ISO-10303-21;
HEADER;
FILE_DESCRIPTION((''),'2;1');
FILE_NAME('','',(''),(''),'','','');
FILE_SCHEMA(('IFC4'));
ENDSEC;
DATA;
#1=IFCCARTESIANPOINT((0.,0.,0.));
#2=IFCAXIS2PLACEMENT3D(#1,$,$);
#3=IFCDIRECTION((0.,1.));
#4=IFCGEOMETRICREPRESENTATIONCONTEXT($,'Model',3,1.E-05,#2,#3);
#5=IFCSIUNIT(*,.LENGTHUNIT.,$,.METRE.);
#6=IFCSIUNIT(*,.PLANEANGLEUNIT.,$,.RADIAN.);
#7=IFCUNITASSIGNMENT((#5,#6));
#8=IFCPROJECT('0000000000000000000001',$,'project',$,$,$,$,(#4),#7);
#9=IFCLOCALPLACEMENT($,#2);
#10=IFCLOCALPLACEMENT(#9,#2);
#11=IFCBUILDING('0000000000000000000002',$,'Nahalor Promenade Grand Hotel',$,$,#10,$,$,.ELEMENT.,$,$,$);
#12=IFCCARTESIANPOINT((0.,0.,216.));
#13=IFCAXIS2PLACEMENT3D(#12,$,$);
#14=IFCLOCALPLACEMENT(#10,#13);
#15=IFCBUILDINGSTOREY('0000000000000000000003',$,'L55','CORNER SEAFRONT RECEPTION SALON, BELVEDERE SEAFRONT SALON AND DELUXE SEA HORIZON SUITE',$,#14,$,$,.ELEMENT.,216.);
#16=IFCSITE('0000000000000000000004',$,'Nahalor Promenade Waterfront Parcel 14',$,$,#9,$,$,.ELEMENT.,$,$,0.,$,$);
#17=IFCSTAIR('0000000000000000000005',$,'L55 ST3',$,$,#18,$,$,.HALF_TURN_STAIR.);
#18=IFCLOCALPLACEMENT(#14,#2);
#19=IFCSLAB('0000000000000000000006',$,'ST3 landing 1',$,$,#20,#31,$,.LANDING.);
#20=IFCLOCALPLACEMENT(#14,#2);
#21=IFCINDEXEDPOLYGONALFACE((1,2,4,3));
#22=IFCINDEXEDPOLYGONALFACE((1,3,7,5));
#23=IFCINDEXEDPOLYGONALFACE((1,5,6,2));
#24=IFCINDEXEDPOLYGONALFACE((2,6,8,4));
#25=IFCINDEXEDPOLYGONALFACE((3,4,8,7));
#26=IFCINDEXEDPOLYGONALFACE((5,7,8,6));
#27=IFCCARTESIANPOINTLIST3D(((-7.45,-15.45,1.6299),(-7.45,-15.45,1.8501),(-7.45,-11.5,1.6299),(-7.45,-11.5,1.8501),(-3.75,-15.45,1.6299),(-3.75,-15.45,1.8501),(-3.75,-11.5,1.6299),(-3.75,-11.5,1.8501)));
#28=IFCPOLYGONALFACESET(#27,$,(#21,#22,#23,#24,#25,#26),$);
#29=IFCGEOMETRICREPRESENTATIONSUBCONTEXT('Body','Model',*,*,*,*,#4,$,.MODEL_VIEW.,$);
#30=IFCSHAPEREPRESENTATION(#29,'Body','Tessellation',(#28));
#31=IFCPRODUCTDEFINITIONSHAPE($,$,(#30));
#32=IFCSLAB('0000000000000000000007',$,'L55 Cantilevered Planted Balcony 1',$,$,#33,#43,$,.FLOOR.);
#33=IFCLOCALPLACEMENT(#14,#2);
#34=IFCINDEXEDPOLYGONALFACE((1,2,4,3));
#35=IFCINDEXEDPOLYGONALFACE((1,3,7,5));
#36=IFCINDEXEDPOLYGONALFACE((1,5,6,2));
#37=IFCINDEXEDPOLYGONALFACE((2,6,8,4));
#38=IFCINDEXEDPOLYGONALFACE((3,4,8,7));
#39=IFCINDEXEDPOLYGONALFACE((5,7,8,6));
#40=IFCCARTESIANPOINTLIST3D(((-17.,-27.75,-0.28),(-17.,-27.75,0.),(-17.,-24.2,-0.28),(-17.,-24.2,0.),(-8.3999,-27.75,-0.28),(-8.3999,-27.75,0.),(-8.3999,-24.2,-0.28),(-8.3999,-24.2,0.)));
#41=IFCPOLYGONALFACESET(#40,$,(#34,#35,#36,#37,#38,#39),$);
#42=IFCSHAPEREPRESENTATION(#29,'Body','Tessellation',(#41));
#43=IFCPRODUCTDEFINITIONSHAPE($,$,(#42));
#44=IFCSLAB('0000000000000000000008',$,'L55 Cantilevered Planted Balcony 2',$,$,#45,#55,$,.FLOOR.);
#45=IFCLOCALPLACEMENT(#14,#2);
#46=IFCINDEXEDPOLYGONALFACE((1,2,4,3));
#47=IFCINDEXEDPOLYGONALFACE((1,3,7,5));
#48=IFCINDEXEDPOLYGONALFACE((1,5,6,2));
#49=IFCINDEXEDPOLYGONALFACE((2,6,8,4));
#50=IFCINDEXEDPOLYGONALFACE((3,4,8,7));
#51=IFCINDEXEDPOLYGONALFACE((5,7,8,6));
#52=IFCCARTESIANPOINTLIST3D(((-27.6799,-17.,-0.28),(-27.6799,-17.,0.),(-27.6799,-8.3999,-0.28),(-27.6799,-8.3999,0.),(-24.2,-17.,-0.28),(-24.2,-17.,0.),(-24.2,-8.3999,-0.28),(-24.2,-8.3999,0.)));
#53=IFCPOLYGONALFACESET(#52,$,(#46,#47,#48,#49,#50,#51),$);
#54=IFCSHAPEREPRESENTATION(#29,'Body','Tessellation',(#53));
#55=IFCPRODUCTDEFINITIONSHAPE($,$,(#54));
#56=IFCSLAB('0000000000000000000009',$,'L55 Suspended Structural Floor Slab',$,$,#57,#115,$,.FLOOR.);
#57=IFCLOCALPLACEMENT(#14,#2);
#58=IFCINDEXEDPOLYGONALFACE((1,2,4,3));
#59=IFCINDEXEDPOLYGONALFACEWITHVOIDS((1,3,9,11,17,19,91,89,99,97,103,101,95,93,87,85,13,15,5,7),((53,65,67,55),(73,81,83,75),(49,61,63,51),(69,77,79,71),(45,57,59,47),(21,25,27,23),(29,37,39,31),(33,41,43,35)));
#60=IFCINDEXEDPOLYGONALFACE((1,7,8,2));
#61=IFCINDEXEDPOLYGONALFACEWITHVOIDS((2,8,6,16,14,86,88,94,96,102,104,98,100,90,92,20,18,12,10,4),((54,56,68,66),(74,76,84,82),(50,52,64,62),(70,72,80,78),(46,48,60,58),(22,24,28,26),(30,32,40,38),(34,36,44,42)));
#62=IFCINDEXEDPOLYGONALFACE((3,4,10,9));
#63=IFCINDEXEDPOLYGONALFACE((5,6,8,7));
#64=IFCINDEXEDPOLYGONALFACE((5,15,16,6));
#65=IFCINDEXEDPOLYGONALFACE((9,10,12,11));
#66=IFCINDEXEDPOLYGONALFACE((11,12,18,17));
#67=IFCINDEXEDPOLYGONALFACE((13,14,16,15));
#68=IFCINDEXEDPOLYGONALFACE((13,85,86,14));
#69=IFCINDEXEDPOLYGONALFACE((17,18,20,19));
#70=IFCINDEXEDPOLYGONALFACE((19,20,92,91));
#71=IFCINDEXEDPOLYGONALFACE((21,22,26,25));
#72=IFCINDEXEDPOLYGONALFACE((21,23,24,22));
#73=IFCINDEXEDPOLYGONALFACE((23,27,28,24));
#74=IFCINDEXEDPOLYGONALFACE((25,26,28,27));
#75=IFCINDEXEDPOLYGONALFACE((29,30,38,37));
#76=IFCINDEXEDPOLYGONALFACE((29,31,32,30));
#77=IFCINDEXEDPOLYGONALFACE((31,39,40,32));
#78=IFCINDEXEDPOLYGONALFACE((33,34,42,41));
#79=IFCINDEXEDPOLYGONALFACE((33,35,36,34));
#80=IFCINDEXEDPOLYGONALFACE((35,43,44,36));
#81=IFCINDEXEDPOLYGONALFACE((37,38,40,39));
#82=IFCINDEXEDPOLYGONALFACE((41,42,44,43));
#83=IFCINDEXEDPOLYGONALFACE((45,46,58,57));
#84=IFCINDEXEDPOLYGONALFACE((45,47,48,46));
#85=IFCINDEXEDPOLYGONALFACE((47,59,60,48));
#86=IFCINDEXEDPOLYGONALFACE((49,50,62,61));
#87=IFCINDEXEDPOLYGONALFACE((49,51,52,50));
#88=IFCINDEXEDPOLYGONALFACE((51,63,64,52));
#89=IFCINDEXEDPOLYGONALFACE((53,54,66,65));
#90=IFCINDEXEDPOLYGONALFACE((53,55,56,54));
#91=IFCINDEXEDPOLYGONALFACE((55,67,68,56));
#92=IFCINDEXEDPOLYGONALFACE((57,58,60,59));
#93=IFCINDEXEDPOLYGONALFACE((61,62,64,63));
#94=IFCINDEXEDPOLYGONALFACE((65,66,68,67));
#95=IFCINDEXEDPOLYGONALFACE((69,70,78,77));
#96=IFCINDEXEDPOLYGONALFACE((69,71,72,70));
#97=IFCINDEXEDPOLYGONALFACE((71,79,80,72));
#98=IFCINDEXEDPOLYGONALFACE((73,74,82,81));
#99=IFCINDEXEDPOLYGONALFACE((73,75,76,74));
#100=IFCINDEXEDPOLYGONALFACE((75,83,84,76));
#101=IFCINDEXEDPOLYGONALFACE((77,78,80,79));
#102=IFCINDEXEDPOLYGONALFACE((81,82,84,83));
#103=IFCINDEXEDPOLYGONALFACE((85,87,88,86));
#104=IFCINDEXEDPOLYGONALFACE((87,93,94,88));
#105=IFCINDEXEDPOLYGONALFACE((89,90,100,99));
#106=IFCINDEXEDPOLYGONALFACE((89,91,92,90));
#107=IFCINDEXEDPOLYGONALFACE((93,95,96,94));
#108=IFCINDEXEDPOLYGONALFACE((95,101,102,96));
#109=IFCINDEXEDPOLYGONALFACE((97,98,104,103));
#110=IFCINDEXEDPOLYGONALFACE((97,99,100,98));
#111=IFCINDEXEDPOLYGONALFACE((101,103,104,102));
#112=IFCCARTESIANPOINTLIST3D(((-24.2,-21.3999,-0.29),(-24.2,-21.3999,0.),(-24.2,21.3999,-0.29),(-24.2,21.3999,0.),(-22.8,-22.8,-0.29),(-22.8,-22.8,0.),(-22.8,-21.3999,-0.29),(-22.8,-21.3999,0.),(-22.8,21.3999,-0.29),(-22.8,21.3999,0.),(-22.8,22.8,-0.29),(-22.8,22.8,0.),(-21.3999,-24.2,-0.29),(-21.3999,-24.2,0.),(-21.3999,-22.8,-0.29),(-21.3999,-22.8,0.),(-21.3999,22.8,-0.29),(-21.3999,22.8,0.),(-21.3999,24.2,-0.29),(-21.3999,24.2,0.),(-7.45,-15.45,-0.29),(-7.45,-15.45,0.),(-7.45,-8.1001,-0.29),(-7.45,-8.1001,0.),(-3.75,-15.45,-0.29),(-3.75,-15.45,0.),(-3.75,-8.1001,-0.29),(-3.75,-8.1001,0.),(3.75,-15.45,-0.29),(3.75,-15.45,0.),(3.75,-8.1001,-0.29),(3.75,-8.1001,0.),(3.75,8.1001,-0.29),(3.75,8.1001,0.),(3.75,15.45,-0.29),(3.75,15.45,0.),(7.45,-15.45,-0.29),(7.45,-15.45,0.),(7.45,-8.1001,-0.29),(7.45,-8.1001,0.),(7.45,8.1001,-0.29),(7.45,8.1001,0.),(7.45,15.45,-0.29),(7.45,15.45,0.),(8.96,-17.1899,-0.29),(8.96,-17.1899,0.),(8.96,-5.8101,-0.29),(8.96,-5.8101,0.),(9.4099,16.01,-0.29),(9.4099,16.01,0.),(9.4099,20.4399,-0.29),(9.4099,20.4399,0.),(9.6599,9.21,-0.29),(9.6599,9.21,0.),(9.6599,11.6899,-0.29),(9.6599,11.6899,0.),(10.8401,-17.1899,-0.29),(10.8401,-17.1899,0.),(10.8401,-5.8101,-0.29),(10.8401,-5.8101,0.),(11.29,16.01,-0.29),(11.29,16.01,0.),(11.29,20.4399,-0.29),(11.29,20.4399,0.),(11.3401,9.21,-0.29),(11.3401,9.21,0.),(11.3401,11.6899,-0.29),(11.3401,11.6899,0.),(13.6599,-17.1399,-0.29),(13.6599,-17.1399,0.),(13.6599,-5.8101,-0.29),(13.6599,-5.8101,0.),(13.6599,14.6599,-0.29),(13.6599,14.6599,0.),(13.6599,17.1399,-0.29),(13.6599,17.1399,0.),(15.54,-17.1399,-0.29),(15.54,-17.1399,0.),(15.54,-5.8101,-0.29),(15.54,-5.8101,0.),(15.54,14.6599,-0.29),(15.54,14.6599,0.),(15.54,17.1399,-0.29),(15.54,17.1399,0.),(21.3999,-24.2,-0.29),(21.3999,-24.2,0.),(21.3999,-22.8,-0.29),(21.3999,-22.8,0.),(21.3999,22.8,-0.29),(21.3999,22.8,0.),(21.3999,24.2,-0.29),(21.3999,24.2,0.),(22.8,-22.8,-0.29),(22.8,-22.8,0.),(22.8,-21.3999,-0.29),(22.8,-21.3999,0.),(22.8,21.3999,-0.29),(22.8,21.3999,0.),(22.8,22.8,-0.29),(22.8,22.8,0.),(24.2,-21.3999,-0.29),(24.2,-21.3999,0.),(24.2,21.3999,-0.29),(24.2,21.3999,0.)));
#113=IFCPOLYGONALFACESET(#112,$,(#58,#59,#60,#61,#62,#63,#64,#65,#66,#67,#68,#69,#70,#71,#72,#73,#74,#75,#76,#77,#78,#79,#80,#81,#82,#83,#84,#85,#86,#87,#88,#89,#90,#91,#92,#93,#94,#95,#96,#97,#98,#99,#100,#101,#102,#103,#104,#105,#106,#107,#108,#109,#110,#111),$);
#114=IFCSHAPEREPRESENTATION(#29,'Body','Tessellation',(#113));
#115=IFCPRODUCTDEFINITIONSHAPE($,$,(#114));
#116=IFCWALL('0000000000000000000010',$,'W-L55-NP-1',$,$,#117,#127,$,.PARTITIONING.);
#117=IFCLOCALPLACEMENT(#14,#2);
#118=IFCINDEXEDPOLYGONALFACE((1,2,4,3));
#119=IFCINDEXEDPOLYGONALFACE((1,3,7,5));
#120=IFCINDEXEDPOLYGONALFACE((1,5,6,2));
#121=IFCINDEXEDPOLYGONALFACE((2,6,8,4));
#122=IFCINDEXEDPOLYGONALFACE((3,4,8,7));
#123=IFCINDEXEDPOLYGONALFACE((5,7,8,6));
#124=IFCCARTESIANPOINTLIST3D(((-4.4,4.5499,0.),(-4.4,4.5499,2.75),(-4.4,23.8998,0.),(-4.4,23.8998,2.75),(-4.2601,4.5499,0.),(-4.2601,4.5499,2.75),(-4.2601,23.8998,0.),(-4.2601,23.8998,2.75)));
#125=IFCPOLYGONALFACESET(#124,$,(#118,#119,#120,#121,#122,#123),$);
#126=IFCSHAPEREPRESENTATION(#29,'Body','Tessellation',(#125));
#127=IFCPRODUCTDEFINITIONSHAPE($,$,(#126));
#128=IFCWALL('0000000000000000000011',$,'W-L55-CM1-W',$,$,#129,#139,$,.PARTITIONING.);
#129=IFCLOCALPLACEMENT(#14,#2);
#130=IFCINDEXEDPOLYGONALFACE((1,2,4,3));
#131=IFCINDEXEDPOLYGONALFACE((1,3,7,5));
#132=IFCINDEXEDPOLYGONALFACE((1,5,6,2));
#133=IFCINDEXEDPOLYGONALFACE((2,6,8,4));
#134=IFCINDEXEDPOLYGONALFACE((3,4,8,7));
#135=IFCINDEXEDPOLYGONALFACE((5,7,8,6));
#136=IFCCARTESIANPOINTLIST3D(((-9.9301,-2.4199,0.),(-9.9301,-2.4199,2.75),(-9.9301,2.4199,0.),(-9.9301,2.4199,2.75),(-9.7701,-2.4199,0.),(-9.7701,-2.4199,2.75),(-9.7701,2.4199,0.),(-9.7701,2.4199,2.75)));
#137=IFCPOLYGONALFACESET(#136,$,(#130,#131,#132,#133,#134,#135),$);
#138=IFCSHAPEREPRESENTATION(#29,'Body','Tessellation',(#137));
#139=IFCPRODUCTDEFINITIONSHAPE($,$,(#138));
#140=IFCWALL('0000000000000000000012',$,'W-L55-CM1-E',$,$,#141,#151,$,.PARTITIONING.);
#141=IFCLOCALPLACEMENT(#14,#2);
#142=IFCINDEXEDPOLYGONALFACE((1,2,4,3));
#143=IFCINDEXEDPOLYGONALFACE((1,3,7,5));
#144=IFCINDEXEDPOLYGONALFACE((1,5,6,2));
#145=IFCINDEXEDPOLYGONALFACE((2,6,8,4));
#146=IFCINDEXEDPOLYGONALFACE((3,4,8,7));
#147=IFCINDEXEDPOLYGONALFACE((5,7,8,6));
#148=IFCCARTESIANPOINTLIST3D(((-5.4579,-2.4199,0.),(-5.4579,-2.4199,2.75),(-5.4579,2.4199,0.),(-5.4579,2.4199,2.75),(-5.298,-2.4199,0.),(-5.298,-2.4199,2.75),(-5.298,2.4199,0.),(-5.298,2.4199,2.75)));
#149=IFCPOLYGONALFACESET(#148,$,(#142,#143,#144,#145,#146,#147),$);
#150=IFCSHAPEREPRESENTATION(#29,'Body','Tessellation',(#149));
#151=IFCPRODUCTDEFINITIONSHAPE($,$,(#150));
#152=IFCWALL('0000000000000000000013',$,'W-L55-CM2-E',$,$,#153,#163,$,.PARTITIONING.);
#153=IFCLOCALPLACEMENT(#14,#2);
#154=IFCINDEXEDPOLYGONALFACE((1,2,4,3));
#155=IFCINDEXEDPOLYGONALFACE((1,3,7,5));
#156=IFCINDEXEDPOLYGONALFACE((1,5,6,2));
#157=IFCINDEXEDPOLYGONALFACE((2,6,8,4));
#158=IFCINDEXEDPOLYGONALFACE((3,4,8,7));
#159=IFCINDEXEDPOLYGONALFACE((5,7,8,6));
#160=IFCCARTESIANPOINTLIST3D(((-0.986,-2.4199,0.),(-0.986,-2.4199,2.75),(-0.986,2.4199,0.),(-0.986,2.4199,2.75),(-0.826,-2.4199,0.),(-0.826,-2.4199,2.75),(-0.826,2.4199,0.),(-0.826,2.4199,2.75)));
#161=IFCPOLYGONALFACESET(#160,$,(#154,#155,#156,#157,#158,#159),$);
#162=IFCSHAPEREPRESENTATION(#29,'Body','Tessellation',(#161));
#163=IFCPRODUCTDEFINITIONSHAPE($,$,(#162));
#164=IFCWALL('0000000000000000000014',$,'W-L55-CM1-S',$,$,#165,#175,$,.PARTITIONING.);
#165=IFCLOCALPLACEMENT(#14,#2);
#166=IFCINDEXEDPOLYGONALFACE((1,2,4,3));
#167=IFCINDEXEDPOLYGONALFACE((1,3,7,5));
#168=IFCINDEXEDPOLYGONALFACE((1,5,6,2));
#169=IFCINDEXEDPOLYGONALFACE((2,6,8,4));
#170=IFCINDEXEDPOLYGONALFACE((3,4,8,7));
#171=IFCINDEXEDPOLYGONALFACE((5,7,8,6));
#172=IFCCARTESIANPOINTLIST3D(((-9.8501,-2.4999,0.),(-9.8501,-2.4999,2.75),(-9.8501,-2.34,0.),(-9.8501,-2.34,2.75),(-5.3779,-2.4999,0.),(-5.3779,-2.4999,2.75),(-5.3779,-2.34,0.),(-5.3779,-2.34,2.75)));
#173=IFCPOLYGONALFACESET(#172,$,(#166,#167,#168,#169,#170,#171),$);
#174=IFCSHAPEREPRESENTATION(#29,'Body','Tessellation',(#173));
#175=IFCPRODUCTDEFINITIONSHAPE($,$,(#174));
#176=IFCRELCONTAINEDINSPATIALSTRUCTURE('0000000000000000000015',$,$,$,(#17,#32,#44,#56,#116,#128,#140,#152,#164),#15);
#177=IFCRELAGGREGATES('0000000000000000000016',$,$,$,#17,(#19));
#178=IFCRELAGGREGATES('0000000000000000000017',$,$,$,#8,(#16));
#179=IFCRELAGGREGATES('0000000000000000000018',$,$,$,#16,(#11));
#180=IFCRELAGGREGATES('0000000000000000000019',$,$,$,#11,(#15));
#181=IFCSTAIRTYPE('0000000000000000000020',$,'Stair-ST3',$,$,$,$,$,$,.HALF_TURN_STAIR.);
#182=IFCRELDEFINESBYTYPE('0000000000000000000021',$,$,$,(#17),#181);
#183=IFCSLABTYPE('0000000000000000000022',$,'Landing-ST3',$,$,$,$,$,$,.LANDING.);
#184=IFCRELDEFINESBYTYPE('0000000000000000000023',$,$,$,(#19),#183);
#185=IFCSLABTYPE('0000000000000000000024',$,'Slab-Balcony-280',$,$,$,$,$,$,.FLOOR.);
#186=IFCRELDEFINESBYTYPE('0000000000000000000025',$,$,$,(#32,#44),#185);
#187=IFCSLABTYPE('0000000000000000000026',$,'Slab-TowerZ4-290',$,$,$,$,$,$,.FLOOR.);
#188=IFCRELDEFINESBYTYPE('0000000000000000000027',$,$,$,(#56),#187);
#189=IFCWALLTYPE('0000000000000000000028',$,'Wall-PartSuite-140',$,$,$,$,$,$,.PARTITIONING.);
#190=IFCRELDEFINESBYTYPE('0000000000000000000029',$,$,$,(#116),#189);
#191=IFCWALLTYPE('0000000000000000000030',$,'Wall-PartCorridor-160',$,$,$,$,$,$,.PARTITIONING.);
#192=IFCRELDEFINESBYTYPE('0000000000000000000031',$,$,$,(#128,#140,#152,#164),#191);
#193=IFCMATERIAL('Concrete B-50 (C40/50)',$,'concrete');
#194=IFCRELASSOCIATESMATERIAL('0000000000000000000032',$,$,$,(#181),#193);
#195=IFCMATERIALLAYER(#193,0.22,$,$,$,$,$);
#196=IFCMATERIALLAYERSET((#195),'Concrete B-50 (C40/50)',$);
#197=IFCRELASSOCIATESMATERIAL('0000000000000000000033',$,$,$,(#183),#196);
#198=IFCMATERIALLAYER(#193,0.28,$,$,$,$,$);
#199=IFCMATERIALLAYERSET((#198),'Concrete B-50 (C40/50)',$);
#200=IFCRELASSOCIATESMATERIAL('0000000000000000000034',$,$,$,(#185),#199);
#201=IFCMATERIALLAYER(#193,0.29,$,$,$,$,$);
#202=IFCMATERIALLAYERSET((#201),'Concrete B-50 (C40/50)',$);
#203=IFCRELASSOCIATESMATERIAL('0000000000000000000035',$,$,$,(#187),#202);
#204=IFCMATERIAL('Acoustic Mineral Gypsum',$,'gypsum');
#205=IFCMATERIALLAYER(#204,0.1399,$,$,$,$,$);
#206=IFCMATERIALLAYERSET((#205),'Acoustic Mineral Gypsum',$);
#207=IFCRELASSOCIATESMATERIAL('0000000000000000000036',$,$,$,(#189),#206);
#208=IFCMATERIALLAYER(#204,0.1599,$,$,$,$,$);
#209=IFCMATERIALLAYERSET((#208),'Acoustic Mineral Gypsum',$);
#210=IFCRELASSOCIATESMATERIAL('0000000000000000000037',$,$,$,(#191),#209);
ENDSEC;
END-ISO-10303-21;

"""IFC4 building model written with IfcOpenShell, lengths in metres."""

from ifc_helpers import new_model, si_unit, direction, frame, frame_2d, origin, place, context, subcontext, project, spatial, polyline, rectangle, outline, extrude, source, transform, mapped, material, layer, layer_set, type_object, element, aggregate, save


model = new_model("IFC4")

# Units and contexts
model_context = context("Model", 3, precision=1e-05, world=origin(), true_north=direction((0.0, 1.0)))
body_context = subcontext(model_context, "Body", "Model", "MODEL_VIEW")
ifc_project = project(units=[si_unit("LENGTHUNIT", "METRE"), si_unit("PLANEANGLEUNIT", "RADIAN")], contexts=[model_context])

# Site, building, storey
site_placement = place(None, origin())
site = spatial("IfcSite", under=ifc_project, at=site_placement, Name="Nahalor Promenade Waterfront Parcel 14", CompositionType="ELEMENT", RefElevation=0.0)
building_placement = place(site_placement, origin())
building = spatial("IfcBuilding", under=site, at=building_placement, Name="Nahalor Promenade Grand Hotel", CompositionType="ELEMENT")
storey_placement = place(building_placement, frame((0.0, 0.0, 216.0)))
storey = spatial("IfcBuildingStorey", under=building, at=storey_placement, Name="L55", Description="CORNER SEAFRONT RECEPTION SALON, BELVEDERE SEAFRONT SALON AND DELUXE SEA HORIZON SUITE", CompositionType="ELEMENT", Elevation=216.0)

# Stair, slab
ifc_material_1 = material(Name="Concrete B-50 (C40/50)", Category="concrete")
stair_type_1 = type_object("IfcStairType", Name="Stair-ST3", PredefinedType="HALF_TURN_STAIR", material=ifc_material_1)
stair_1_placement = place(storey_placement, origin())
stair_1 = element("IfcStair", 1, at=stair_1_placement, inside=storey, type_object=stair_type_1, Name="L55 ST3", PredefinedType="HALF_TURN_STAIR")
ifc_layer_1 = layer(ifc_material_1, 0.22)
ifc_layer_set_1 = layer_set([ifc_layer_1], Name="Concrete B-50 (C40/50)")
slab_type_1 = type_object("IfcSlabType", Name="Landing-ST3", PredefinedType="LANDING", material=ifc_layer_set_1)
slab_1_placement = place(storey_placement, frame((0.0, 0.0, 1.6299)))
slab_1 = element("IfcSlab", 2, at=slab_1_placement, type_object=slab_type_1, Name="ST3 landing 1", PredefinedType="LANDING", context=body_context, shape_type="SweptSolid", body=[
    extrude(outline(polyline([(-7.45, -11.5), (-7.45, -15.45), (-3.75, -15.45), (-3.75, -11.5), (-7.45, -11.5)])), origin(), (0.0, 0.0, 1.0), 0.2202),
])
aggregate(stair_1, [slab_1])

# Slabs
ifc_layer_2 = layer(ifc_material_1, 0.28)
ifc_layer_set_2 = layer_set([ifc_layer_2], Name="Concrete B-50 (C40/50)")
slab_type_2 = type_object("IfcSlabType", Name="Slab-Balcony-280", PredefinedType="FLOOR", material=ifc_layer_set_2)
slab_2_placement = place(storey_placement, frame((0.0, 0.0, -0.28)))
element("IfcSlab", 3, at=slab_2_placement, inside=storey, type_object=slab_type_2, Name="L55 Cantilevered Planted Balcony 1", PredefinedType="FLOOR", context=body_context, shape_type="SweptSolid", body=[
    extrude(outline(polyline([(-17.0, -27.75), (-8.3999, -27.75), (-8.3999, -24.2), (-17.0, -24.2), (-17.0, -27.75)])), origin(), (0.0, 0.0, 1.0), 0.28),
])
slab_3_placement = place(storey_placement, frame((0.0, 0.0, -0.28)))
element("IfcSlab", 4, at=slab_3_placement, inside=storey, type_object=slab_type_2, Name="L55 Cantilevered Planted Balcony 2", PredefinedType="FLOOR", context=body_context, shape_type="SweptSolid", body=[
    extrude(outline(polyline([(-27.6799, -17.0), (-24.2, -17.0), (-24.2, -8.3999), (-27.6799, -8.3999), (-27.6799, -17.0)])), origin(), (0.0, 0.0, 1.0), 0.28),
])
ifc_layer_3 = layer(ifc_material_1, 0.29)
ifc_layer_set_3 = layer_set([ifc_layer_3], Name="Concrete B-50 (C40/50)")
slab_type_3 = type_object("IfcSlabType", Name="Slab-TowerZ4-290", PredefinedType="FLOOR", material=ifc_layer_set_3)
slab_4_placement = place(storey_placement, frame((0.0, 0.0, -0.29)))
element("IfcSlab", 5, at=slab_4_placement, inside=storey, type_object=slab_type_3, Name="L55 Suspended Structural Floor Slab", PredefinedType="FLOOR", context=body_context, shape_type="SweptSolid", body=[
    extrude(outline(polyline([(-21.3999, -24.2), (21.3999, -24.2), (21.3999, -22.8), (22.8, -22.8), (22.8, -21.3999), (24.2, -21.3999), (24.2, 21.3999), (22.8, 21.3999), (22.8, 22.8), (21.3999, 22.8), (21.3999, 24.2), (-21.3999, 24.2), (-21.3999, 22.8), (-22.8, 22.8), (-22.8, 21.3999), (-24.2, 21.3999), (-24.2, -21.3999), (-22.8, -21.3999), (-22.8, -22.8), (-21.3999, -22.8), (-21.3999, -24.2)]), holes=[polyline([(3.75, 8.1001), (7.45, 8.1001), (7.45, 15.45), (3.75, 15.45), (3.75, 8.1001)]), polyline([(3.75, -15.45), (7.45, -15.45), (7.45, -8.1001), (3.75, -8.1001), (3.75, -15.45)]), polyline([(-7.45, -15.45), (-3.75, -15.45), (-3.75, -8.1001), (-7.45, -8.1001), (-7.45, -15.45)]), polyline([(13.6599, -17.1399), (15.54, -17.1399), (15.54, -5.8101), (13.6599, -5.8101), (13.6599, -17.1399)]), polyline([(8.96, -17.1899), (10.8401, -17.1899), (10.8401, -5.8101), (8.96, -5.8101), (8.96, -17.1899)]), polyline([(9.4099, 16.01), (11.29, 16.01), (11.29, 20.4399), (9.4099, 20.4399), (9.4099, 16.01)]), polyline([(9.6599, 9.21), (11.3401, 9.21), (11.3401, 11.6899), (9.6599, 11.6899), (9.6599, 9.21)]), polyline([(13.6599, 14.6599), (15.54, 14.6599), (15.54, 17.1399), (13.6599, 17.1399), (13.6599, 14.6599)])]), origin(), (0.0, 0.0, 1.0), 0.29),
])

# Walls
ifc_material_2 = material(Name="Acoustic Mineral Gypsum", Category="gypsum")
ifc_layer_4 = layer(ifc_material_2, 0.1399)
ifc_layer_set_4 = layer_set([ifc_layer_4], Name="Acoustic Mineral Gypsum")
wall_type_1 = type_object("IfcWallType", Name="Wall-PartSuite-140", PredefinedType="PARTITIONING", material=ifc_layer_set_4)
shared_shape_1 = source(origin(), body_context, "Body", "SweptSolid", [
    extrude(rectangle(XDim=19.3499, YDim=0.1399, at=frame_2d((9.6748, 0.0))), origin(), (0.0, 0.0, 1.0), 2.75),
])
wall_1_placement = place(storey_placement, frame((-4.3301, 4.55, 0.0), z_axis=(0.0, 0.0, 1.0), x_axis=(0.0, 1.0, 0.0)))
element("IfcWall", 6, at=wall_1_placement, inside=storey, type_object=wall_type_1, Name="W-L55-NP-1", PredefinedType="PARTITIONING", context=body_context, shape_type="MappedRepresentation", body=[
    mapped(shared_shape_1, transform((0.0, 0.0, 0.0), scale=1.0)),
])
ifc_layer_5 = layer(ifc_material_2, 0.1599)
ifc_layer_set_5 = layer_set([ifc_layer_5], Name="Acoustic Mineral Gypsum")
wall_type_2 = type_object("IfcWallType", Name="Wall-PartCorridor-160", PredefinedType="PARTITIONING", material=ifc_layer_set_5)
shared_shape_2 = source(origin(), body_context, "Body", "SweptSolid", [
    extrude(rectangle(XDim=4.8398, YDim=0.1599, at=frame_2d((2.4199, 0.0))), origin(), (0.0, 0.0, 1.0), 2.75),
])
for number, where, z_axis, x_axis, name in (
    (7, (-9.8501, -2.4199, 0.0), (0.0, 0.0, 1.0), (0.0, 1.0, 0.0), "W-L55-CM1-W"),
    (8, (-5.3779, -2.4199, 0.0), (0.0, 0.0, 1.0), (0.0, 1.0, 0.0), "W-L55-CM1-E"),
    (9, (-0.906, -2.4199, 0.0), (0.0, 0.0, 1.0), (0.0, 1.0, 0.0), "W-L55-CM2-E"),
):
    element("IfcWall", number, at=place(storey_placement, frame(where, z_axis=z_axis, x_axis=x_axis)), inside=storey, type_object=wall_type_2, Name=name, PredefinedType="PARTITIONING", context=body_context, shape_type="MappedRepresentation", body=[
        mapped(shared_shape_2, transform((0.0, 0.0, 0.0), scale=1.0)),
    ])

# Wall
shared_shape_3 = source(origin(), body_context, "Body", "SweptSolid", [
    extrude(rectangle(XDim=4.4722, YDim=0.1599, at=frame_2d((2.2361, 0.0))), origin(), (0.0, 0.0, 1.0), 2.75),
])
wall_2_placement = place(storey_placement, frame((-9.8501, -2.4199, 0.0), z_axis=(0.0, 0.0, 1.0), x_axis=(1.0, 0.0, 0.0)))
element("IfcWall", 10, at=wall_2_placement, inside=storey, type_object=wall_type_2, Name="W-L55-CM1-S", PredefinedType="PARTITIONING", context=body_context, shape_type="MappedRepresentation", body=[
    mapped(shared_shape_3, transform((0.0, 0.0, 0.0), scale=1.0)),
])

save(model, "model.ifc")
